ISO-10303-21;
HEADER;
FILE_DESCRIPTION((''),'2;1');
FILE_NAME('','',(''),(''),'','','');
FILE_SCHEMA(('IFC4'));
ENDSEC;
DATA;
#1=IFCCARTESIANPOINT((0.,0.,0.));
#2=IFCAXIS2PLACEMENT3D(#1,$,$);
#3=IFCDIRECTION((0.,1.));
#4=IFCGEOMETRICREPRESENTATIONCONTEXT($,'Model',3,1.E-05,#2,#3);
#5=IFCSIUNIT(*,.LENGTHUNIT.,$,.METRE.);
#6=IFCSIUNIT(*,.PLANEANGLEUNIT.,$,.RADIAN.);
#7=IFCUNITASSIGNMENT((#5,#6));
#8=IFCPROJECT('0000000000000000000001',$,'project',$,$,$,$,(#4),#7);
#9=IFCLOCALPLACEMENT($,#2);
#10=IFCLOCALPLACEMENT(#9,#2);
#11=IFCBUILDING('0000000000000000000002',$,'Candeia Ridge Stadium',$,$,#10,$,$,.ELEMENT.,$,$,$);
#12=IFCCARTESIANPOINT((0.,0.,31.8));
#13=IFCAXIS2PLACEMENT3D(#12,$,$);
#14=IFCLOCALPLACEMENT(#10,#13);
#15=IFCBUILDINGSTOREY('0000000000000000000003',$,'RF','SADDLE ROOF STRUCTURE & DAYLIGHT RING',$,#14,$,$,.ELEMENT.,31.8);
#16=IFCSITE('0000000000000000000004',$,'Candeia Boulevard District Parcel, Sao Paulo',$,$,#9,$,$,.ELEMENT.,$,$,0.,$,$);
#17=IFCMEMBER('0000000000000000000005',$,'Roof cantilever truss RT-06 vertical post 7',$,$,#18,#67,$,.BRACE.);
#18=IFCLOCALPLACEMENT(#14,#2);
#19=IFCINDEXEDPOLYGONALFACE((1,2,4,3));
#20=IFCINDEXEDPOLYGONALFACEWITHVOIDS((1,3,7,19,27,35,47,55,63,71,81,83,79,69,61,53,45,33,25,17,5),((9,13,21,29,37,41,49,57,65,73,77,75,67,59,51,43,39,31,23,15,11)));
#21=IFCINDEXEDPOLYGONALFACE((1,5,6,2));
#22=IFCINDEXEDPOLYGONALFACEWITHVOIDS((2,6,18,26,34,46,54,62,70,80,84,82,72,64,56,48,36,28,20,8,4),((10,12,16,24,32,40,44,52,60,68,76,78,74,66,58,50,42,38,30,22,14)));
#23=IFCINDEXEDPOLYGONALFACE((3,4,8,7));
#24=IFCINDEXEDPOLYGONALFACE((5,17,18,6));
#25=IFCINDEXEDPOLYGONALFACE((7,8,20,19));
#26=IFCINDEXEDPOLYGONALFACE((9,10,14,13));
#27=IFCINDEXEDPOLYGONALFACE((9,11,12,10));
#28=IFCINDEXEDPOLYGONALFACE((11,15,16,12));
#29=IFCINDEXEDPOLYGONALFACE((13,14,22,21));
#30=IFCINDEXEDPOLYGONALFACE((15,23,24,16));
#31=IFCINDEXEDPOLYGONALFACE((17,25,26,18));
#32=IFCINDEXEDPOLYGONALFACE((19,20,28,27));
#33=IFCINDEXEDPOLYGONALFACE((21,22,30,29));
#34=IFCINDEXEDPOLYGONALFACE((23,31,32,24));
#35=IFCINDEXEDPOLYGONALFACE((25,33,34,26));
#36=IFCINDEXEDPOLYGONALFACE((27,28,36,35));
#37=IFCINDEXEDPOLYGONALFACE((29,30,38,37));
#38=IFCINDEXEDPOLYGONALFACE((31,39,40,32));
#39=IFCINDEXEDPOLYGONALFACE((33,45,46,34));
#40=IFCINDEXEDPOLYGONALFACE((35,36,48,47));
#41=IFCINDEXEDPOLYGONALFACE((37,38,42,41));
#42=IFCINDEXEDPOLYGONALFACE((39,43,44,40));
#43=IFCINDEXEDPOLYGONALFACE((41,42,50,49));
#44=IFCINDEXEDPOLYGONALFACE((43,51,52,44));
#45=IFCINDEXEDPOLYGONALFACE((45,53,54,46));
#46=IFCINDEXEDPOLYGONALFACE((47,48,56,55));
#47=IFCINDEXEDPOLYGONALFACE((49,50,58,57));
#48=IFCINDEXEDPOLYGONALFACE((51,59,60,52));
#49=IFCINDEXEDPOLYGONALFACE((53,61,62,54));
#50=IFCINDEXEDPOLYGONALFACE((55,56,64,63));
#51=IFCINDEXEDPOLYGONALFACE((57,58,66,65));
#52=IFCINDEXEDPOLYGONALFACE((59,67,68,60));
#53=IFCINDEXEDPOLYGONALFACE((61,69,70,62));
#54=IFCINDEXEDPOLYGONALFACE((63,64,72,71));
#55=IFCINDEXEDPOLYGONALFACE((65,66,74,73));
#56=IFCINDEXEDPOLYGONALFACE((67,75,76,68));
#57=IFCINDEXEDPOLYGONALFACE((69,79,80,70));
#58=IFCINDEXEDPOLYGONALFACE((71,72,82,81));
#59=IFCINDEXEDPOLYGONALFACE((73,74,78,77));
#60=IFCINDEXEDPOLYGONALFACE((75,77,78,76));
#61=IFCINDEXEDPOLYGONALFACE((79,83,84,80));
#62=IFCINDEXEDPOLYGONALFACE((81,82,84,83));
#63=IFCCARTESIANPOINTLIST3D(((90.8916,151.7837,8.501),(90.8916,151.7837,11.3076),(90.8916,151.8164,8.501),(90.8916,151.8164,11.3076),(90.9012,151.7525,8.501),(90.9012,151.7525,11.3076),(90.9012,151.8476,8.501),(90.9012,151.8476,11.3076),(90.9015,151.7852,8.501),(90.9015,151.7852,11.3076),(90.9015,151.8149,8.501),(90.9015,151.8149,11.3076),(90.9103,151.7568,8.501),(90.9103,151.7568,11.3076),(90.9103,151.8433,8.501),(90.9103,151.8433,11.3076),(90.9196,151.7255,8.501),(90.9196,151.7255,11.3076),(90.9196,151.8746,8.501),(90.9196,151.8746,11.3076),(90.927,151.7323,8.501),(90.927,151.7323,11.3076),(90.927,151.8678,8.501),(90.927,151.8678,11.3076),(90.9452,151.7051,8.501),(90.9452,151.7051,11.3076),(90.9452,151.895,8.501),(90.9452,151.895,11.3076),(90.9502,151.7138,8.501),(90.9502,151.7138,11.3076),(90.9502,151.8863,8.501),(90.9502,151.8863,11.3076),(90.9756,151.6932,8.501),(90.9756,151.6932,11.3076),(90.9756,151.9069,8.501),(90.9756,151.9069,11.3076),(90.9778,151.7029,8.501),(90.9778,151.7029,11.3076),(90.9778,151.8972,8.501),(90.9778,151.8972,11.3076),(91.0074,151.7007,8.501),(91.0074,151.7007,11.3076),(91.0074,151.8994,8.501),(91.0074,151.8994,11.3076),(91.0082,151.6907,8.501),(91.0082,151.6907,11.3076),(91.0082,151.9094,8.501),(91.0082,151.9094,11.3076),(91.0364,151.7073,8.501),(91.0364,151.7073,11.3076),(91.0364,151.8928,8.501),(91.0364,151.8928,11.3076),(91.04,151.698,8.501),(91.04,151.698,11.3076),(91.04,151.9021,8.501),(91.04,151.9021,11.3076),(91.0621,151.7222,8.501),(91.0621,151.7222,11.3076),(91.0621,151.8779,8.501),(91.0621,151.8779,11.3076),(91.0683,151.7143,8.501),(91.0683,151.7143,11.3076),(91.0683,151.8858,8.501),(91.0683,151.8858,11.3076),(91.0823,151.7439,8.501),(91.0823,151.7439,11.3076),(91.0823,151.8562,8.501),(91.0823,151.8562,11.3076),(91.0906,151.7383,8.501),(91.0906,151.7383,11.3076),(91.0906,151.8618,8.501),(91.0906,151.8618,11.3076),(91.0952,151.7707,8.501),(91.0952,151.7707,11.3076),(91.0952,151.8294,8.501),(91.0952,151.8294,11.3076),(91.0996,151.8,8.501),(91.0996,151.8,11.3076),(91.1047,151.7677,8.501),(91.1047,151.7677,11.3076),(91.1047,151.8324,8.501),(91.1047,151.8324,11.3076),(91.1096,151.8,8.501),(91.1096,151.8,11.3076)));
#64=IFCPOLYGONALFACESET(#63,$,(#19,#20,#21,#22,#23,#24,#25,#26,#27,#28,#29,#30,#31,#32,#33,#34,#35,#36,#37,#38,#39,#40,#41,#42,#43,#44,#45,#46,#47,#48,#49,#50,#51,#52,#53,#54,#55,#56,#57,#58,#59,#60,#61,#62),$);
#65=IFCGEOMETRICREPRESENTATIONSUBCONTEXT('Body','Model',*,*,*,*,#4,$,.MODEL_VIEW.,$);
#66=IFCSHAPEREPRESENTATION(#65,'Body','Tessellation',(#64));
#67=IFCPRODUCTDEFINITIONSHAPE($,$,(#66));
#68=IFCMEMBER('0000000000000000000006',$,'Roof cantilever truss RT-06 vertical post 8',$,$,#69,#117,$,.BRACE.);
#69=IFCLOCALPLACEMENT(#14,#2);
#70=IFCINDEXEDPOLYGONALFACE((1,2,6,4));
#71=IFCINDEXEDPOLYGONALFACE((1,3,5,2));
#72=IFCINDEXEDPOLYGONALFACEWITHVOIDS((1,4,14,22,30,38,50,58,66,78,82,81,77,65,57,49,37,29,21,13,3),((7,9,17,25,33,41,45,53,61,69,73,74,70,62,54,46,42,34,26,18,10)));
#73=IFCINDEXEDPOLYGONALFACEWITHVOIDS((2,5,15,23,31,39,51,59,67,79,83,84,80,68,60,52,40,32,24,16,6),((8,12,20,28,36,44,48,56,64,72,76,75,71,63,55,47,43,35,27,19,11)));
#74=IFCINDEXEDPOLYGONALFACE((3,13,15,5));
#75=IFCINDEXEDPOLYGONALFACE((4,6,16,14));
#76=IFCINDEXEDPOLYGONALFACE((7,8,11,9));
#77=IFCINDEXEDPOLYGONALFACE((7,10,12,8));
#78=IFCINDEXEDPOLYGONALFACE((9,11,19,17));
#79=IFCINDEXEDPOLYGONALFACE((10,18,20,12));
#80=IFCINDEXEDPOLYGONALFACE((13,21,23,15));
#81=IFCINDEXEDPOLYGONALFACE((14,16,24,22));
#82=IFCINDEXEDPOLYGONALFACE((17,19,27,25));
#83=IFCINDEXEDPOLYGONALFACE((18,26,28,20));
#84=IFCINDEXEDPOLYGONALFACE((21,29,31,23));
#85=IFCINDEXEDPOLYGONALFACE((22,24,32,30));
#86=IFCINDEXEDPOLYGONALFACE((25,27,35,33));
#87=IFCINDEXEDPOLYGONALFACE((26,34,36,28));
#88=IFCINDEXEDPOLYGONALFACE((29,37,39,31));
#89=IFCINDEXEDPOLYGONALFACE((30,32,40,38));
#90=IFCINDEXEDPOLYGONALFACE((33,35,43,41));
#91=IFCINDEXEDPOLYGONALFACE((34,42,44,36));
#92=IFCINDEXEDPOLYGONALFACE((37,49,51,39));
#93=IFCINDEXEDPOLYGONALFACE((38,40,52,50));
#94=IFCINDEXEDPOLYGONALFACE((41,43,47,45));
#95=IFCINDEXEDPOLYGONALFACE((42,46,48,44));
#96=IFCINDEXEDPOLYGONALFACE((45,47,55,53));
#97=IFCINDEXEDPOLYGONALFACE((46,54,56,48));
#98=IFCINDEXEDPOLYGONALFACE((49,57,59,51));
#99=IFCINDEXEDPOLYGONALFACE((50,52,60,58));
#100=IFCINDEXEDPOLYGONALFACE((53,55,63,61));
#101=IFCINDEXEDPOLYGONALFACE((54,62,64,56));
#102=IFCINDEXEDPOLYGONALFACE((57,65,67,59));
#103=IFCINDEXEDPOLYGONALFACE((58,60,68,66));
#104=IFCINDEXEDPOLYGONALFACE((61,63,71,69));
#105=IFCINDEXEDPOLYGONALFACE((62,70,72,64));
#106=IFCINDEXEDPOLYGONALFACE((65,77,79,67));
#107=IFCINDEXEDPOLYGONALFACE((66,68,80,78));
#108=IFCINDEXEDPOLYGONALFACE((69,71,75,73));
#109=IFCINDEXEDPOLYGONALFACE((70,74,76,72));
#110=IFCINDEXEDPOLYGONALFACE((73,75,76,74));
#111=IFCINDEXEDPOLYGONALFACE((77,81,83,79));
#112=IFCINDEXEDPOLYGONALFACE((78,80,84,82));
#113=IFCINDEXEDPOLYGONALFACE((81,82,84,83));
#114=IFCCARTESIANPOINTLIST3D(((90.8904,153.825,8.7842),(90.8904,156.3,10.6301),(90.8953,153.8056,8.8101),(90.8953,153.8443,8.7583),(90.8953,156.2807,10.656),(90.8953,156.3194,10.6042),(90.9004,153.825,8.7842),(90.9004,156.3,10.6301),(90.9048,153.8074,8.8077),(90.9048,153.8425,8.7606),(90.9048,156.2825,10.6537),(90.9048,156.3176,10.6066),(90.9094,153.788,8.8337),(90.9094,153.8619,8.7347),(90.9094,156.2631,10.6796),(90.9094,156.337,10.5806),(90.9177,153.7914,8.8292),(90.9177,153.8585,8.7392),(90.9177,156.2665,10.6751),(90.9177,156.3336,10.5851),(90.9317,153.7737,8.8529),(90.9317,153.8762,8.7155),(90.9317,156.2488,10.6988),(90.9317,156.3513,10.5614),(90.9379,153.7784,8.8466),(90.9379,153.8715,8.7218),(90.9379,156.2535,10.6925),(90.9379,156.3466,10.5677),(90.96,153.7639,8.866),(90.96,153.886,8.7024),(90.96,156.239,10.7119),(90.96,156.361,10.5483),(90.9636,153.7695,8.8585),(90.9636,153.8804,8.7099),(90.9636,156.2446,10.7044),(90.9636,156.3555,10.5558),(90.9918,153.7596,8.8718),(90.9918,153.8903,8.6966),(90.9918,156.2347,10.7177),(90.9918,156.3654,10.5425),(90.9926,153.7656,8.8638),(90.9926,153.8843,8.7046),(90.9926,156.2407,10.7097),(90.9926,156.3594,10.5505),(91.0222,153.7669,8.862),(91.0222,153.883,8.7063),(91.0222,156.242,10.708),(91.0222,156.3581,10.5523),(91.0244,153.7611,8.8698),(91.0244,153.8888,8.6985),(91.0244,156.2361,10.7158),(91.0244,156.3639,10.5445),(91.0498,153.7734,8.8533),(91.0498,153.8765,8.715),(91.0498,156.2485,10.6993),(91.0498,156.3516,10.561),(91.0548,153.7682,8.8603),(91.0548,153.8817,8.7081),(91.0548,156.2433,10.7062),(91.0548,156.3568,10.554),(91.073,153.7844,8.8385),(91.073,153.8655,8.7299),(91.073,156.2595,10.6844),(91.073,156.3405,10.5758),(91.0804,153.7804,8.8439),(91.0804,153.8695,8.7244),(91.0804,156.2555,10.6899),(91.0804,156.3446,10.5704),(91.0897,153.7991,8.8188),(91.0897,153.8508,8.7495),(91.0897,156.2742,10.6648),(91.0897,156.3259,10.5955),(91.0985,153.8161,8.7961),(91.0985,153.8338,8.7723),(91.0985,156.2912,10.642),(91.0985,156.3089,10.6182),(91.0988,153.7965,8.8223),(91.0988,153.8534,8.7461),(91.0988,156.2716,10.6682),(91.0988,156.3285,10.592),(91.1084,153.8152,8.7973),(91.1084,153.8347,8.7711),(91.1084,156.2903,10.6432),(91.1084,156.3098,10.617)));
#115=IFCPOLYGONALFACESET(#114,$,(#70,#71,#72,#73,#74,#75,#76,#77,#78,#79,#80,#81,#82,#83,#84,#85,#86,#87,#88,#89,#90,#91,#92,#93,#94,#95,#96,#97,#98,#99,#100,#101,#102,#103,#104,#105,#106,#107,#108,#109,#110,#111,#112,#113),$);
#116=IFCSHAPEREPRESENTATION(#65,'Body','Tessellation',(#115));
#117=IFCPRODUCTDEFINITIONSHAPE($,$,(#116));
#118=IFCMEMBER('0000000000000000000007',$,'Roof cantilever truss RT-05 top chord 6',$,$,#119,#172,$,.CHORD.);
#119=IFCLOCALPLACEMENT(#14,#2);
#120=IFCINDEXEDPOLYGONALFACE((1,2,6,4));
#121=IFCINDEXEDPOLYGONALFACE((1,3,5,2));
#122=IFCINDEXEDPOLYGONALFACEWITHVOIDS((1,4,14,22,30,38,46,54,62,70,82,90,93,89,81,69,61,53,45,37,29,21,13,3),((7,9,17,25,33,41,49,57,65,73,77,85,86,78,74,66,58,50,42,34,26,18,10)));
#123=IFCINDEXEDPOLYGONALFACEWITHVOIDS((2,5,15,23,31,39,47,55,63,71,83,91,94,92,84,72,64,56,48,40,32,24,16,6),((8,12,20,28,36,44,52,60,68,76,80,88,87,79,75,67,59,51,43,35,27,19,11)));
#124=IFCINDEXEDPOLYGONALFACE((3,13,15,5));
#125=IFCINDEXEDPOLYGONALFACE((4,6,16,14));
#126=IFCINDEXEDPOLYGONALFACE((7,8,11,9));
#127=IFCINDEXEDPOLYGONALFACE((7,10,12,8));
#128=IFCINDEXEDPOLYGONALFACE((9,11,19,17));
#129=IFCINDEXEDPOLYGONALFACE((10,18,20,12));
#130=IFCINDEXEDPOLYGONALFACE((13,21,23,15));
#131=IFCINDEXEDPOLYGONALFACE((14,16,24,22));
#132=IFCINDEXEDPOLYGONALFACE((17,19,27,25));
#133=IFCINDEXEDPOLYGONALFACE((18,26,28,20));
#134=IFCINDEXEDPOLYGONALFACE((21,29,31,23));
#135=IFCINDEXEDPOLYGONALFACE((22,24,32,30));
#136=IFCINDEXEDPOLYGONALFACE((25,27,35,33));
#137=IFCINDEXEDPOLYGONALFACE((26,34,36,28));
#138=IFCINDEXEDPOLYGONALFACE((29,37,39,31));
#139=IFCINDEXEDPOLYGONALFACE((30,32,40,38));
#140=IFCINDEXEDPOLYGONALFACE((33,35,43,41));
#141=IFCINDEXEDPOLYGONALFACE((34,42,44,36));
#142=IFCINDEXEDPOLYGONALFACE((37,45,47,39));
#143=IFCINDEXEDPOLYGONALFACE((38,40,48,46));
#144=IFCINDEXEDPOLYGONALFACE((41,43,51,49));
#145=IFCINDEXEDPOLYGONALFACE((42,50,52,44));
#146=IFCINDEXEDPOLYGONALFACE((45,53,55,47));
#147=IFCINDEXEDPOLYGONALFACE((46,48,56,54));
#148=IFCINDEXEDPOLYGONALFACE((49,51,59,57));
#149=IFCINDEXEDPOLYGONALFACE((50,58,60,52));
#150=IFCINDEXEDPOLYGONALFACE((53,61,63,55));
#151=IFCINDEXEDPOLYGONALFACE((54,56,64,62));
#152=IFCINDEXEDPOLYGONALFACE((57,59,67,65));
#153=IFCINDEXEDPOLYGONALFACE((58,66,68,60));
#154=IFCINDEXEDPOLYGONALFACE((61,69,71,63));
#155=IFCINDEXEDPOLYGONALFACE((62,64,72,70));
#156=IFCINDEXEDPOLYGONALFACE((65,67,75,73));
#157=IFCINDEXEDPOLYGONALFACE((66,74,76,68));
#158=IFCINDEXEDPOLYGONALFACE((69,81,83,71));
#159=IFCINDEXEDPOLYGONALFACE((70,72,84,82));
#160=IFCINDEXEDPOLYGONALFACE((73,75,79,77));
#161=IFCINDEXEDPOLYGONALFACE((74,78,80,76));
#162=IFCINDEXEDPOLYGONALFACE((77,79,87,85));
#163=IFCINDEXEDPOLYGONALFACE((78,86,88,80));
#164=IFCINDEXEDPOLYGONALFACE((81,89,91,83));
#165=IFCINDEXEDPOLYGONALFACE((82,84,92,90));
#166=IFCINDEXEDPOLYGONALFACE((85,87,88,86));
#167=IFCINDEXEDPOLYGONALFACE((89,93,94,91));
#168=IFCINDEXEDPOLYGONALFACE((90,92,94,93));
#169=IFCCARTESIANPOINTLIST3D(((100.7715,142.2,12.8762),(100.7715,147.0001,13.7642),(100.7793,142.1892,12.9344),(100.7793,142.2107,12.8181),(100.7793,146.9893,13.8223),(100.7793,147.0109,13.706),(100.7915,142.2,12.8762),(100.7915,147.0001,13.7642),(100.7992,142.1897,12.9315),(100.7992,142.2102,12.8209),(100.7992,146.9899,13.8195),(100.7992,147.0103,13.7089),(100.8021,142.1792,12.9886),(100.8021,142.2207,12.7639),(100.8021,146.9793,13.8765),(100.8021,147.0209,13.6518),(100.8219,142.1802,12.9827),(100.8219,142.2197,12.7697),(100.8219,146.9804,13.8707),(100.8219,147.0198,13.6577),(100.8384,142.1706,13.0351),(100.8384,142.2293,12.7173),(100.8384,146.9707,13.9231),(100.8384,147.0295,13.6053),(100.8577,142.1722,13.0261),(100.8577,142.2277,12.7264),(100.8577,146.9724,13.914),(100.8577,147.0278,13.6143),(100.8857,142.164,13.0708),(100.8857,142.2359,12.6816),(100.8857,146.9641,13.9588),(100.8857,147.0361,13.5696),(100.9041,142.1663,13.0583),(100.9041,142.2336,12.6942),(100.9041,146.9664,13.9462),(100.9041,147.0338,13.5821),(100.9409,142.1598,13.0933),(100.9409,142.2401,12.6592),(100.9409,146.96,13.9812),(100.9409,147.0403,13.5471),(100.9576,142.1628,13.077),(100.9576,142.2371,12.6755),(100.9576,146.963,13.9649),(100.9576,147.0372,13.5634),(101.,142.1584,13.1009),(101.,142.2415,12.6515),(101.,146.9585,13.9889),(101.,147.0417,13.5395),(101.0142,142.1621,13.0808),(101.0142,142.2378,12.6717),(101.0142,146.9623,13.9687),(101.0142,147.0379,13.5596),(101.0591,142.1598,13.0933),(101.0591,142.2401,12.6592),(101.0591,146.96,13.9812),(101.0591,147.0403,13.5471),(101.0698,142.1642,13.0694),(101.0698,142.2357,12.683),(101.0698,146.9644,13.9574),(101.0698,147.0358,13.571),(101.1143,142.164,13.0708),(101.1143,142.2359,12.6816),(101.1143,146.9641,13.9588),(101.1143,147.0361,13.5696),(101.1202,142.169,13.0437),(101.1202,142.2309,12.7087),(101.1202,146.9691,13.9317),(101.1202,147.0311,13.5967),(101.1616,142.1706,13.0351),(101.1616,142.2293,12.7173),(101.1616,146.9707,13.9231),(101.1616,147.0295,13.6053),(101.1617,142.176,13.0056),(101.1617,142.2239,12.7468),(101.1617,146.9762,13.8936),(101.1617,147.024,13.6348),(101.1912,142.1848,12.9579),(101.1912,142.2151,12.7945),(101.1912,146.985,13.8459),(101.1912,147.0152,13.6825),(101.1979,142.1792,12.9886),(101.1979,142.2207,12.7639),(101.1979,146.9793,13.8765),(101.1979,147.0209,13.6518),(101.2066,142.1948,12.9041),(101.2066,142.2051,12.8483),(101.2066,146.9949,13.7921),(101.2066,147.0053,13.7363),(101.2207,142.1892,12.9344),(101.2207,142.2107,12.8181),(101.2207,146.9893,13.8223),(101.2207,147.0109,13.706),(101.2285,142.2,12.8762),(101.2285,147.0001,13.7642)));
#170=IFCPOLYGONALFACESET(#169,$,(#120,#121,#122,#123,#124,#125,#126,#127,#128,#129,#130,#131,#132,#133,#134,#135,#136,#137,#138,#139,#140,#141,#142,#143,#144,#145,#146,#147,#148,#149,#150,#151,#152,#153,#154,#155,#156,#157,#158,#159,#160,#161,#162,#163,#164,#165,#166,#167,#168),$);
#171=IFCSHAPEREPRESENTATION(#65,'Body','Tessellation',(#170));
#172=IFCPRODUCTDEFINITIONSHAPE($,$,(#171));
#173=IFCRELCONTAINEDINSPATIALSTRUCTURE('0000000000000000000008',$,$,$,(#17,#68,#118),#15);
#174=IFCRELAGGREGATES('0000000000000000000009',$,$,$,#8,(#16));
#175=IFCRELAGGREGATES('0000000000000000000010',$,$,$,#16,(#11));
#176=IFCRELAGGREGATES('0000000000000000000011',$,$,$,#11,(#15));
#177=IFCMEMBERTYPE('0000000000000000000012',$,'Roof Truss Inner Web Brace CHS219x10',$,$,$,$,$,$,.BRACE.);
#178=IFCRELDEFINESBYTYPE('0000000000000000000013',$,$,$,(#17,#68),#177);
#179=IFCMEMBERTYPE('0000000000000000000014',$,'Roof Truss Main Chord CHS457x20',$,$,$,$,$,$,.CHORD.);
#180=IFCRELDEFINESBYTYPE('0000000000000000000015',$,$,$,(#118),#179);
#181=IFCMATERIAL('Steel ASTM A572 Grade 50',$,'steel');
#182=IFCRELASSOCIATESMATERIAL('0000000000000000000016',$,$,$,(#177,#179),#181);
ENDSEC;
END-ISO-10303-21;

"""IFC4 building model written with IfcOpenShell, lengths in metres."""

from ifc_helpers import new_model, si_unit, direction, frame, origin, origin_2d, place, context, subcontext, project, spatial, hollow_circle, extrude, material, material_profile, profile_set, type_object, element, save


model = new_model("IFC4")

# Units and contexts
model_context = context("Model", 3, precision=1e-05, world=origin(), true_north=direction((0.0, 1.0)))
body_context = subcontext(model_context, "Body", "Model", "MODEL_VIEW")
ifc_project = project(units=[si_unit("LENGTHUNIT", "METRE"), si_unit("PLANEANGLEUNIT", "RADIAN")], contexts=[model_context])

# Site, building, storey
site_placement = place(None, origin())
site = spatial("IfcSite", under=ifc_project, at=site_placement, Name="Candeia Boulevard District Parcel, Sao Paulo", CompositionType="ELEMENT", RefElevation=0.0)
building_placement = place(site_placement, origin())
building = spatial("IfcBuilding", under=site, at=building_placement, Name="Candeia Ridge Stadium", CompositionType="ELEMENT")
storey_placement = place(building_placement, frame((0.0, 0.0, 31.8)))
storey = spatial("IfcBuildingStorey", under=building, at=storey_placement, Name="RF", Description="SADDLE ROOF STRUCTURE & DAYLIGHT RING", CompositionType="ELEMENT", Elevation=31.8)

# Shared definitions
ifc_material_1 = material(Name="Steel ASTM A572 Grade 50", Category="steel")

# Members
ifc_material_profile_1 = material_profile(ifc_material_1, hollow_circle(Radius=0.1096, WallThickness=0.01, at=origin_2d()), Name="CHS219x10", Category="steel")
ifc_profile_set_1 = profile_set([ifc_material_profile_1], Name="Steel ASTM A572 Grade 50")
member_type_1 = type_object("IfcMemberType", Name="Roof Truss Inner Web Brace CHS219x10", PredefinedType="BRACE", material=ifc_profile_set_1)
member_1_placement = place(storey_placement, frame((91.0, 151.8, 8.501), z_axis=(0.0, 0.0, 1.0), x_axis=(1.0, 0.0, 0.0)))
element("IfcMember", 1, at=member_1_placement, inside=storey, type_object=member_type_1, Name="Roof cantilever truss RT-06 vertical post 7", PredefinedType="BRACE", context=body_context, shape_type="SweptSolid", body=[
    extrude(hollow_circle(Radius=0.1096, WallThickness=0.01, at=origin_2d()), origin(), (0.0, 0.0, 1.0), 2.8066),
])
member_2_placement = place(storey_placement, frame((91.0, 153.825, 8.7842), z_axis=(0.0, 0.80161, 0.597847), x_axis=(-1.0, 0.0, 0.0)))
element("IfcMember", 2, at=member_2_placement, inside=storey, type_object=member_type_1, Name="Roof cantilever truss RT-06 vertical post 8", PredefinedType="BRACE", context=body_context, shape_type="SweptSolid", body=[
    extrude(hollow_circle(Radius=0.1096, WallThickness=0.01, at=origin_2d()), origin(), (0.0, 0.0, 1.0), 3.0876),
])
ifc_material_profile_2 = material_profile(ifc_material_1, hollow_circle(Radius=0.2285, WallThickness=0.02, at=origin_2d()), Name="CHS457x20", Category="steel")
ifc_profile_set_2 = profile_set([ifc_material_profile_2], Name="Steel ASTM A572 Grade 50")
member_type_2 = type_object("IfcMemberType", Name="Roof Truss Main Chord CHS457x20", PredefinedType="CHORD", material=ifc_profile_set_2)
member_3_placement = place(storey_placement, frame((101.0, 142.2, 12.8762), z_axis=(0.0, 0.983317, 0.181899), x_axis=(-1.0, 0.0, 0.0)))
element("IfcMember", 3, at=member_3_placement, inside=storey, type_object=member_type_2, Name="Roof cantilever truss RT-05 top chord 6", PredefinedType="CHORD", context=body_context, shape_type="SweptSolid", body=[
    extrude(hollow_circle(Radius=0.2285, WallThickness=0.02, at=origin_2d()), origin(), (0.0, 0.0, 1.0), 4.8816),
])

save(model, "model.ifc")
